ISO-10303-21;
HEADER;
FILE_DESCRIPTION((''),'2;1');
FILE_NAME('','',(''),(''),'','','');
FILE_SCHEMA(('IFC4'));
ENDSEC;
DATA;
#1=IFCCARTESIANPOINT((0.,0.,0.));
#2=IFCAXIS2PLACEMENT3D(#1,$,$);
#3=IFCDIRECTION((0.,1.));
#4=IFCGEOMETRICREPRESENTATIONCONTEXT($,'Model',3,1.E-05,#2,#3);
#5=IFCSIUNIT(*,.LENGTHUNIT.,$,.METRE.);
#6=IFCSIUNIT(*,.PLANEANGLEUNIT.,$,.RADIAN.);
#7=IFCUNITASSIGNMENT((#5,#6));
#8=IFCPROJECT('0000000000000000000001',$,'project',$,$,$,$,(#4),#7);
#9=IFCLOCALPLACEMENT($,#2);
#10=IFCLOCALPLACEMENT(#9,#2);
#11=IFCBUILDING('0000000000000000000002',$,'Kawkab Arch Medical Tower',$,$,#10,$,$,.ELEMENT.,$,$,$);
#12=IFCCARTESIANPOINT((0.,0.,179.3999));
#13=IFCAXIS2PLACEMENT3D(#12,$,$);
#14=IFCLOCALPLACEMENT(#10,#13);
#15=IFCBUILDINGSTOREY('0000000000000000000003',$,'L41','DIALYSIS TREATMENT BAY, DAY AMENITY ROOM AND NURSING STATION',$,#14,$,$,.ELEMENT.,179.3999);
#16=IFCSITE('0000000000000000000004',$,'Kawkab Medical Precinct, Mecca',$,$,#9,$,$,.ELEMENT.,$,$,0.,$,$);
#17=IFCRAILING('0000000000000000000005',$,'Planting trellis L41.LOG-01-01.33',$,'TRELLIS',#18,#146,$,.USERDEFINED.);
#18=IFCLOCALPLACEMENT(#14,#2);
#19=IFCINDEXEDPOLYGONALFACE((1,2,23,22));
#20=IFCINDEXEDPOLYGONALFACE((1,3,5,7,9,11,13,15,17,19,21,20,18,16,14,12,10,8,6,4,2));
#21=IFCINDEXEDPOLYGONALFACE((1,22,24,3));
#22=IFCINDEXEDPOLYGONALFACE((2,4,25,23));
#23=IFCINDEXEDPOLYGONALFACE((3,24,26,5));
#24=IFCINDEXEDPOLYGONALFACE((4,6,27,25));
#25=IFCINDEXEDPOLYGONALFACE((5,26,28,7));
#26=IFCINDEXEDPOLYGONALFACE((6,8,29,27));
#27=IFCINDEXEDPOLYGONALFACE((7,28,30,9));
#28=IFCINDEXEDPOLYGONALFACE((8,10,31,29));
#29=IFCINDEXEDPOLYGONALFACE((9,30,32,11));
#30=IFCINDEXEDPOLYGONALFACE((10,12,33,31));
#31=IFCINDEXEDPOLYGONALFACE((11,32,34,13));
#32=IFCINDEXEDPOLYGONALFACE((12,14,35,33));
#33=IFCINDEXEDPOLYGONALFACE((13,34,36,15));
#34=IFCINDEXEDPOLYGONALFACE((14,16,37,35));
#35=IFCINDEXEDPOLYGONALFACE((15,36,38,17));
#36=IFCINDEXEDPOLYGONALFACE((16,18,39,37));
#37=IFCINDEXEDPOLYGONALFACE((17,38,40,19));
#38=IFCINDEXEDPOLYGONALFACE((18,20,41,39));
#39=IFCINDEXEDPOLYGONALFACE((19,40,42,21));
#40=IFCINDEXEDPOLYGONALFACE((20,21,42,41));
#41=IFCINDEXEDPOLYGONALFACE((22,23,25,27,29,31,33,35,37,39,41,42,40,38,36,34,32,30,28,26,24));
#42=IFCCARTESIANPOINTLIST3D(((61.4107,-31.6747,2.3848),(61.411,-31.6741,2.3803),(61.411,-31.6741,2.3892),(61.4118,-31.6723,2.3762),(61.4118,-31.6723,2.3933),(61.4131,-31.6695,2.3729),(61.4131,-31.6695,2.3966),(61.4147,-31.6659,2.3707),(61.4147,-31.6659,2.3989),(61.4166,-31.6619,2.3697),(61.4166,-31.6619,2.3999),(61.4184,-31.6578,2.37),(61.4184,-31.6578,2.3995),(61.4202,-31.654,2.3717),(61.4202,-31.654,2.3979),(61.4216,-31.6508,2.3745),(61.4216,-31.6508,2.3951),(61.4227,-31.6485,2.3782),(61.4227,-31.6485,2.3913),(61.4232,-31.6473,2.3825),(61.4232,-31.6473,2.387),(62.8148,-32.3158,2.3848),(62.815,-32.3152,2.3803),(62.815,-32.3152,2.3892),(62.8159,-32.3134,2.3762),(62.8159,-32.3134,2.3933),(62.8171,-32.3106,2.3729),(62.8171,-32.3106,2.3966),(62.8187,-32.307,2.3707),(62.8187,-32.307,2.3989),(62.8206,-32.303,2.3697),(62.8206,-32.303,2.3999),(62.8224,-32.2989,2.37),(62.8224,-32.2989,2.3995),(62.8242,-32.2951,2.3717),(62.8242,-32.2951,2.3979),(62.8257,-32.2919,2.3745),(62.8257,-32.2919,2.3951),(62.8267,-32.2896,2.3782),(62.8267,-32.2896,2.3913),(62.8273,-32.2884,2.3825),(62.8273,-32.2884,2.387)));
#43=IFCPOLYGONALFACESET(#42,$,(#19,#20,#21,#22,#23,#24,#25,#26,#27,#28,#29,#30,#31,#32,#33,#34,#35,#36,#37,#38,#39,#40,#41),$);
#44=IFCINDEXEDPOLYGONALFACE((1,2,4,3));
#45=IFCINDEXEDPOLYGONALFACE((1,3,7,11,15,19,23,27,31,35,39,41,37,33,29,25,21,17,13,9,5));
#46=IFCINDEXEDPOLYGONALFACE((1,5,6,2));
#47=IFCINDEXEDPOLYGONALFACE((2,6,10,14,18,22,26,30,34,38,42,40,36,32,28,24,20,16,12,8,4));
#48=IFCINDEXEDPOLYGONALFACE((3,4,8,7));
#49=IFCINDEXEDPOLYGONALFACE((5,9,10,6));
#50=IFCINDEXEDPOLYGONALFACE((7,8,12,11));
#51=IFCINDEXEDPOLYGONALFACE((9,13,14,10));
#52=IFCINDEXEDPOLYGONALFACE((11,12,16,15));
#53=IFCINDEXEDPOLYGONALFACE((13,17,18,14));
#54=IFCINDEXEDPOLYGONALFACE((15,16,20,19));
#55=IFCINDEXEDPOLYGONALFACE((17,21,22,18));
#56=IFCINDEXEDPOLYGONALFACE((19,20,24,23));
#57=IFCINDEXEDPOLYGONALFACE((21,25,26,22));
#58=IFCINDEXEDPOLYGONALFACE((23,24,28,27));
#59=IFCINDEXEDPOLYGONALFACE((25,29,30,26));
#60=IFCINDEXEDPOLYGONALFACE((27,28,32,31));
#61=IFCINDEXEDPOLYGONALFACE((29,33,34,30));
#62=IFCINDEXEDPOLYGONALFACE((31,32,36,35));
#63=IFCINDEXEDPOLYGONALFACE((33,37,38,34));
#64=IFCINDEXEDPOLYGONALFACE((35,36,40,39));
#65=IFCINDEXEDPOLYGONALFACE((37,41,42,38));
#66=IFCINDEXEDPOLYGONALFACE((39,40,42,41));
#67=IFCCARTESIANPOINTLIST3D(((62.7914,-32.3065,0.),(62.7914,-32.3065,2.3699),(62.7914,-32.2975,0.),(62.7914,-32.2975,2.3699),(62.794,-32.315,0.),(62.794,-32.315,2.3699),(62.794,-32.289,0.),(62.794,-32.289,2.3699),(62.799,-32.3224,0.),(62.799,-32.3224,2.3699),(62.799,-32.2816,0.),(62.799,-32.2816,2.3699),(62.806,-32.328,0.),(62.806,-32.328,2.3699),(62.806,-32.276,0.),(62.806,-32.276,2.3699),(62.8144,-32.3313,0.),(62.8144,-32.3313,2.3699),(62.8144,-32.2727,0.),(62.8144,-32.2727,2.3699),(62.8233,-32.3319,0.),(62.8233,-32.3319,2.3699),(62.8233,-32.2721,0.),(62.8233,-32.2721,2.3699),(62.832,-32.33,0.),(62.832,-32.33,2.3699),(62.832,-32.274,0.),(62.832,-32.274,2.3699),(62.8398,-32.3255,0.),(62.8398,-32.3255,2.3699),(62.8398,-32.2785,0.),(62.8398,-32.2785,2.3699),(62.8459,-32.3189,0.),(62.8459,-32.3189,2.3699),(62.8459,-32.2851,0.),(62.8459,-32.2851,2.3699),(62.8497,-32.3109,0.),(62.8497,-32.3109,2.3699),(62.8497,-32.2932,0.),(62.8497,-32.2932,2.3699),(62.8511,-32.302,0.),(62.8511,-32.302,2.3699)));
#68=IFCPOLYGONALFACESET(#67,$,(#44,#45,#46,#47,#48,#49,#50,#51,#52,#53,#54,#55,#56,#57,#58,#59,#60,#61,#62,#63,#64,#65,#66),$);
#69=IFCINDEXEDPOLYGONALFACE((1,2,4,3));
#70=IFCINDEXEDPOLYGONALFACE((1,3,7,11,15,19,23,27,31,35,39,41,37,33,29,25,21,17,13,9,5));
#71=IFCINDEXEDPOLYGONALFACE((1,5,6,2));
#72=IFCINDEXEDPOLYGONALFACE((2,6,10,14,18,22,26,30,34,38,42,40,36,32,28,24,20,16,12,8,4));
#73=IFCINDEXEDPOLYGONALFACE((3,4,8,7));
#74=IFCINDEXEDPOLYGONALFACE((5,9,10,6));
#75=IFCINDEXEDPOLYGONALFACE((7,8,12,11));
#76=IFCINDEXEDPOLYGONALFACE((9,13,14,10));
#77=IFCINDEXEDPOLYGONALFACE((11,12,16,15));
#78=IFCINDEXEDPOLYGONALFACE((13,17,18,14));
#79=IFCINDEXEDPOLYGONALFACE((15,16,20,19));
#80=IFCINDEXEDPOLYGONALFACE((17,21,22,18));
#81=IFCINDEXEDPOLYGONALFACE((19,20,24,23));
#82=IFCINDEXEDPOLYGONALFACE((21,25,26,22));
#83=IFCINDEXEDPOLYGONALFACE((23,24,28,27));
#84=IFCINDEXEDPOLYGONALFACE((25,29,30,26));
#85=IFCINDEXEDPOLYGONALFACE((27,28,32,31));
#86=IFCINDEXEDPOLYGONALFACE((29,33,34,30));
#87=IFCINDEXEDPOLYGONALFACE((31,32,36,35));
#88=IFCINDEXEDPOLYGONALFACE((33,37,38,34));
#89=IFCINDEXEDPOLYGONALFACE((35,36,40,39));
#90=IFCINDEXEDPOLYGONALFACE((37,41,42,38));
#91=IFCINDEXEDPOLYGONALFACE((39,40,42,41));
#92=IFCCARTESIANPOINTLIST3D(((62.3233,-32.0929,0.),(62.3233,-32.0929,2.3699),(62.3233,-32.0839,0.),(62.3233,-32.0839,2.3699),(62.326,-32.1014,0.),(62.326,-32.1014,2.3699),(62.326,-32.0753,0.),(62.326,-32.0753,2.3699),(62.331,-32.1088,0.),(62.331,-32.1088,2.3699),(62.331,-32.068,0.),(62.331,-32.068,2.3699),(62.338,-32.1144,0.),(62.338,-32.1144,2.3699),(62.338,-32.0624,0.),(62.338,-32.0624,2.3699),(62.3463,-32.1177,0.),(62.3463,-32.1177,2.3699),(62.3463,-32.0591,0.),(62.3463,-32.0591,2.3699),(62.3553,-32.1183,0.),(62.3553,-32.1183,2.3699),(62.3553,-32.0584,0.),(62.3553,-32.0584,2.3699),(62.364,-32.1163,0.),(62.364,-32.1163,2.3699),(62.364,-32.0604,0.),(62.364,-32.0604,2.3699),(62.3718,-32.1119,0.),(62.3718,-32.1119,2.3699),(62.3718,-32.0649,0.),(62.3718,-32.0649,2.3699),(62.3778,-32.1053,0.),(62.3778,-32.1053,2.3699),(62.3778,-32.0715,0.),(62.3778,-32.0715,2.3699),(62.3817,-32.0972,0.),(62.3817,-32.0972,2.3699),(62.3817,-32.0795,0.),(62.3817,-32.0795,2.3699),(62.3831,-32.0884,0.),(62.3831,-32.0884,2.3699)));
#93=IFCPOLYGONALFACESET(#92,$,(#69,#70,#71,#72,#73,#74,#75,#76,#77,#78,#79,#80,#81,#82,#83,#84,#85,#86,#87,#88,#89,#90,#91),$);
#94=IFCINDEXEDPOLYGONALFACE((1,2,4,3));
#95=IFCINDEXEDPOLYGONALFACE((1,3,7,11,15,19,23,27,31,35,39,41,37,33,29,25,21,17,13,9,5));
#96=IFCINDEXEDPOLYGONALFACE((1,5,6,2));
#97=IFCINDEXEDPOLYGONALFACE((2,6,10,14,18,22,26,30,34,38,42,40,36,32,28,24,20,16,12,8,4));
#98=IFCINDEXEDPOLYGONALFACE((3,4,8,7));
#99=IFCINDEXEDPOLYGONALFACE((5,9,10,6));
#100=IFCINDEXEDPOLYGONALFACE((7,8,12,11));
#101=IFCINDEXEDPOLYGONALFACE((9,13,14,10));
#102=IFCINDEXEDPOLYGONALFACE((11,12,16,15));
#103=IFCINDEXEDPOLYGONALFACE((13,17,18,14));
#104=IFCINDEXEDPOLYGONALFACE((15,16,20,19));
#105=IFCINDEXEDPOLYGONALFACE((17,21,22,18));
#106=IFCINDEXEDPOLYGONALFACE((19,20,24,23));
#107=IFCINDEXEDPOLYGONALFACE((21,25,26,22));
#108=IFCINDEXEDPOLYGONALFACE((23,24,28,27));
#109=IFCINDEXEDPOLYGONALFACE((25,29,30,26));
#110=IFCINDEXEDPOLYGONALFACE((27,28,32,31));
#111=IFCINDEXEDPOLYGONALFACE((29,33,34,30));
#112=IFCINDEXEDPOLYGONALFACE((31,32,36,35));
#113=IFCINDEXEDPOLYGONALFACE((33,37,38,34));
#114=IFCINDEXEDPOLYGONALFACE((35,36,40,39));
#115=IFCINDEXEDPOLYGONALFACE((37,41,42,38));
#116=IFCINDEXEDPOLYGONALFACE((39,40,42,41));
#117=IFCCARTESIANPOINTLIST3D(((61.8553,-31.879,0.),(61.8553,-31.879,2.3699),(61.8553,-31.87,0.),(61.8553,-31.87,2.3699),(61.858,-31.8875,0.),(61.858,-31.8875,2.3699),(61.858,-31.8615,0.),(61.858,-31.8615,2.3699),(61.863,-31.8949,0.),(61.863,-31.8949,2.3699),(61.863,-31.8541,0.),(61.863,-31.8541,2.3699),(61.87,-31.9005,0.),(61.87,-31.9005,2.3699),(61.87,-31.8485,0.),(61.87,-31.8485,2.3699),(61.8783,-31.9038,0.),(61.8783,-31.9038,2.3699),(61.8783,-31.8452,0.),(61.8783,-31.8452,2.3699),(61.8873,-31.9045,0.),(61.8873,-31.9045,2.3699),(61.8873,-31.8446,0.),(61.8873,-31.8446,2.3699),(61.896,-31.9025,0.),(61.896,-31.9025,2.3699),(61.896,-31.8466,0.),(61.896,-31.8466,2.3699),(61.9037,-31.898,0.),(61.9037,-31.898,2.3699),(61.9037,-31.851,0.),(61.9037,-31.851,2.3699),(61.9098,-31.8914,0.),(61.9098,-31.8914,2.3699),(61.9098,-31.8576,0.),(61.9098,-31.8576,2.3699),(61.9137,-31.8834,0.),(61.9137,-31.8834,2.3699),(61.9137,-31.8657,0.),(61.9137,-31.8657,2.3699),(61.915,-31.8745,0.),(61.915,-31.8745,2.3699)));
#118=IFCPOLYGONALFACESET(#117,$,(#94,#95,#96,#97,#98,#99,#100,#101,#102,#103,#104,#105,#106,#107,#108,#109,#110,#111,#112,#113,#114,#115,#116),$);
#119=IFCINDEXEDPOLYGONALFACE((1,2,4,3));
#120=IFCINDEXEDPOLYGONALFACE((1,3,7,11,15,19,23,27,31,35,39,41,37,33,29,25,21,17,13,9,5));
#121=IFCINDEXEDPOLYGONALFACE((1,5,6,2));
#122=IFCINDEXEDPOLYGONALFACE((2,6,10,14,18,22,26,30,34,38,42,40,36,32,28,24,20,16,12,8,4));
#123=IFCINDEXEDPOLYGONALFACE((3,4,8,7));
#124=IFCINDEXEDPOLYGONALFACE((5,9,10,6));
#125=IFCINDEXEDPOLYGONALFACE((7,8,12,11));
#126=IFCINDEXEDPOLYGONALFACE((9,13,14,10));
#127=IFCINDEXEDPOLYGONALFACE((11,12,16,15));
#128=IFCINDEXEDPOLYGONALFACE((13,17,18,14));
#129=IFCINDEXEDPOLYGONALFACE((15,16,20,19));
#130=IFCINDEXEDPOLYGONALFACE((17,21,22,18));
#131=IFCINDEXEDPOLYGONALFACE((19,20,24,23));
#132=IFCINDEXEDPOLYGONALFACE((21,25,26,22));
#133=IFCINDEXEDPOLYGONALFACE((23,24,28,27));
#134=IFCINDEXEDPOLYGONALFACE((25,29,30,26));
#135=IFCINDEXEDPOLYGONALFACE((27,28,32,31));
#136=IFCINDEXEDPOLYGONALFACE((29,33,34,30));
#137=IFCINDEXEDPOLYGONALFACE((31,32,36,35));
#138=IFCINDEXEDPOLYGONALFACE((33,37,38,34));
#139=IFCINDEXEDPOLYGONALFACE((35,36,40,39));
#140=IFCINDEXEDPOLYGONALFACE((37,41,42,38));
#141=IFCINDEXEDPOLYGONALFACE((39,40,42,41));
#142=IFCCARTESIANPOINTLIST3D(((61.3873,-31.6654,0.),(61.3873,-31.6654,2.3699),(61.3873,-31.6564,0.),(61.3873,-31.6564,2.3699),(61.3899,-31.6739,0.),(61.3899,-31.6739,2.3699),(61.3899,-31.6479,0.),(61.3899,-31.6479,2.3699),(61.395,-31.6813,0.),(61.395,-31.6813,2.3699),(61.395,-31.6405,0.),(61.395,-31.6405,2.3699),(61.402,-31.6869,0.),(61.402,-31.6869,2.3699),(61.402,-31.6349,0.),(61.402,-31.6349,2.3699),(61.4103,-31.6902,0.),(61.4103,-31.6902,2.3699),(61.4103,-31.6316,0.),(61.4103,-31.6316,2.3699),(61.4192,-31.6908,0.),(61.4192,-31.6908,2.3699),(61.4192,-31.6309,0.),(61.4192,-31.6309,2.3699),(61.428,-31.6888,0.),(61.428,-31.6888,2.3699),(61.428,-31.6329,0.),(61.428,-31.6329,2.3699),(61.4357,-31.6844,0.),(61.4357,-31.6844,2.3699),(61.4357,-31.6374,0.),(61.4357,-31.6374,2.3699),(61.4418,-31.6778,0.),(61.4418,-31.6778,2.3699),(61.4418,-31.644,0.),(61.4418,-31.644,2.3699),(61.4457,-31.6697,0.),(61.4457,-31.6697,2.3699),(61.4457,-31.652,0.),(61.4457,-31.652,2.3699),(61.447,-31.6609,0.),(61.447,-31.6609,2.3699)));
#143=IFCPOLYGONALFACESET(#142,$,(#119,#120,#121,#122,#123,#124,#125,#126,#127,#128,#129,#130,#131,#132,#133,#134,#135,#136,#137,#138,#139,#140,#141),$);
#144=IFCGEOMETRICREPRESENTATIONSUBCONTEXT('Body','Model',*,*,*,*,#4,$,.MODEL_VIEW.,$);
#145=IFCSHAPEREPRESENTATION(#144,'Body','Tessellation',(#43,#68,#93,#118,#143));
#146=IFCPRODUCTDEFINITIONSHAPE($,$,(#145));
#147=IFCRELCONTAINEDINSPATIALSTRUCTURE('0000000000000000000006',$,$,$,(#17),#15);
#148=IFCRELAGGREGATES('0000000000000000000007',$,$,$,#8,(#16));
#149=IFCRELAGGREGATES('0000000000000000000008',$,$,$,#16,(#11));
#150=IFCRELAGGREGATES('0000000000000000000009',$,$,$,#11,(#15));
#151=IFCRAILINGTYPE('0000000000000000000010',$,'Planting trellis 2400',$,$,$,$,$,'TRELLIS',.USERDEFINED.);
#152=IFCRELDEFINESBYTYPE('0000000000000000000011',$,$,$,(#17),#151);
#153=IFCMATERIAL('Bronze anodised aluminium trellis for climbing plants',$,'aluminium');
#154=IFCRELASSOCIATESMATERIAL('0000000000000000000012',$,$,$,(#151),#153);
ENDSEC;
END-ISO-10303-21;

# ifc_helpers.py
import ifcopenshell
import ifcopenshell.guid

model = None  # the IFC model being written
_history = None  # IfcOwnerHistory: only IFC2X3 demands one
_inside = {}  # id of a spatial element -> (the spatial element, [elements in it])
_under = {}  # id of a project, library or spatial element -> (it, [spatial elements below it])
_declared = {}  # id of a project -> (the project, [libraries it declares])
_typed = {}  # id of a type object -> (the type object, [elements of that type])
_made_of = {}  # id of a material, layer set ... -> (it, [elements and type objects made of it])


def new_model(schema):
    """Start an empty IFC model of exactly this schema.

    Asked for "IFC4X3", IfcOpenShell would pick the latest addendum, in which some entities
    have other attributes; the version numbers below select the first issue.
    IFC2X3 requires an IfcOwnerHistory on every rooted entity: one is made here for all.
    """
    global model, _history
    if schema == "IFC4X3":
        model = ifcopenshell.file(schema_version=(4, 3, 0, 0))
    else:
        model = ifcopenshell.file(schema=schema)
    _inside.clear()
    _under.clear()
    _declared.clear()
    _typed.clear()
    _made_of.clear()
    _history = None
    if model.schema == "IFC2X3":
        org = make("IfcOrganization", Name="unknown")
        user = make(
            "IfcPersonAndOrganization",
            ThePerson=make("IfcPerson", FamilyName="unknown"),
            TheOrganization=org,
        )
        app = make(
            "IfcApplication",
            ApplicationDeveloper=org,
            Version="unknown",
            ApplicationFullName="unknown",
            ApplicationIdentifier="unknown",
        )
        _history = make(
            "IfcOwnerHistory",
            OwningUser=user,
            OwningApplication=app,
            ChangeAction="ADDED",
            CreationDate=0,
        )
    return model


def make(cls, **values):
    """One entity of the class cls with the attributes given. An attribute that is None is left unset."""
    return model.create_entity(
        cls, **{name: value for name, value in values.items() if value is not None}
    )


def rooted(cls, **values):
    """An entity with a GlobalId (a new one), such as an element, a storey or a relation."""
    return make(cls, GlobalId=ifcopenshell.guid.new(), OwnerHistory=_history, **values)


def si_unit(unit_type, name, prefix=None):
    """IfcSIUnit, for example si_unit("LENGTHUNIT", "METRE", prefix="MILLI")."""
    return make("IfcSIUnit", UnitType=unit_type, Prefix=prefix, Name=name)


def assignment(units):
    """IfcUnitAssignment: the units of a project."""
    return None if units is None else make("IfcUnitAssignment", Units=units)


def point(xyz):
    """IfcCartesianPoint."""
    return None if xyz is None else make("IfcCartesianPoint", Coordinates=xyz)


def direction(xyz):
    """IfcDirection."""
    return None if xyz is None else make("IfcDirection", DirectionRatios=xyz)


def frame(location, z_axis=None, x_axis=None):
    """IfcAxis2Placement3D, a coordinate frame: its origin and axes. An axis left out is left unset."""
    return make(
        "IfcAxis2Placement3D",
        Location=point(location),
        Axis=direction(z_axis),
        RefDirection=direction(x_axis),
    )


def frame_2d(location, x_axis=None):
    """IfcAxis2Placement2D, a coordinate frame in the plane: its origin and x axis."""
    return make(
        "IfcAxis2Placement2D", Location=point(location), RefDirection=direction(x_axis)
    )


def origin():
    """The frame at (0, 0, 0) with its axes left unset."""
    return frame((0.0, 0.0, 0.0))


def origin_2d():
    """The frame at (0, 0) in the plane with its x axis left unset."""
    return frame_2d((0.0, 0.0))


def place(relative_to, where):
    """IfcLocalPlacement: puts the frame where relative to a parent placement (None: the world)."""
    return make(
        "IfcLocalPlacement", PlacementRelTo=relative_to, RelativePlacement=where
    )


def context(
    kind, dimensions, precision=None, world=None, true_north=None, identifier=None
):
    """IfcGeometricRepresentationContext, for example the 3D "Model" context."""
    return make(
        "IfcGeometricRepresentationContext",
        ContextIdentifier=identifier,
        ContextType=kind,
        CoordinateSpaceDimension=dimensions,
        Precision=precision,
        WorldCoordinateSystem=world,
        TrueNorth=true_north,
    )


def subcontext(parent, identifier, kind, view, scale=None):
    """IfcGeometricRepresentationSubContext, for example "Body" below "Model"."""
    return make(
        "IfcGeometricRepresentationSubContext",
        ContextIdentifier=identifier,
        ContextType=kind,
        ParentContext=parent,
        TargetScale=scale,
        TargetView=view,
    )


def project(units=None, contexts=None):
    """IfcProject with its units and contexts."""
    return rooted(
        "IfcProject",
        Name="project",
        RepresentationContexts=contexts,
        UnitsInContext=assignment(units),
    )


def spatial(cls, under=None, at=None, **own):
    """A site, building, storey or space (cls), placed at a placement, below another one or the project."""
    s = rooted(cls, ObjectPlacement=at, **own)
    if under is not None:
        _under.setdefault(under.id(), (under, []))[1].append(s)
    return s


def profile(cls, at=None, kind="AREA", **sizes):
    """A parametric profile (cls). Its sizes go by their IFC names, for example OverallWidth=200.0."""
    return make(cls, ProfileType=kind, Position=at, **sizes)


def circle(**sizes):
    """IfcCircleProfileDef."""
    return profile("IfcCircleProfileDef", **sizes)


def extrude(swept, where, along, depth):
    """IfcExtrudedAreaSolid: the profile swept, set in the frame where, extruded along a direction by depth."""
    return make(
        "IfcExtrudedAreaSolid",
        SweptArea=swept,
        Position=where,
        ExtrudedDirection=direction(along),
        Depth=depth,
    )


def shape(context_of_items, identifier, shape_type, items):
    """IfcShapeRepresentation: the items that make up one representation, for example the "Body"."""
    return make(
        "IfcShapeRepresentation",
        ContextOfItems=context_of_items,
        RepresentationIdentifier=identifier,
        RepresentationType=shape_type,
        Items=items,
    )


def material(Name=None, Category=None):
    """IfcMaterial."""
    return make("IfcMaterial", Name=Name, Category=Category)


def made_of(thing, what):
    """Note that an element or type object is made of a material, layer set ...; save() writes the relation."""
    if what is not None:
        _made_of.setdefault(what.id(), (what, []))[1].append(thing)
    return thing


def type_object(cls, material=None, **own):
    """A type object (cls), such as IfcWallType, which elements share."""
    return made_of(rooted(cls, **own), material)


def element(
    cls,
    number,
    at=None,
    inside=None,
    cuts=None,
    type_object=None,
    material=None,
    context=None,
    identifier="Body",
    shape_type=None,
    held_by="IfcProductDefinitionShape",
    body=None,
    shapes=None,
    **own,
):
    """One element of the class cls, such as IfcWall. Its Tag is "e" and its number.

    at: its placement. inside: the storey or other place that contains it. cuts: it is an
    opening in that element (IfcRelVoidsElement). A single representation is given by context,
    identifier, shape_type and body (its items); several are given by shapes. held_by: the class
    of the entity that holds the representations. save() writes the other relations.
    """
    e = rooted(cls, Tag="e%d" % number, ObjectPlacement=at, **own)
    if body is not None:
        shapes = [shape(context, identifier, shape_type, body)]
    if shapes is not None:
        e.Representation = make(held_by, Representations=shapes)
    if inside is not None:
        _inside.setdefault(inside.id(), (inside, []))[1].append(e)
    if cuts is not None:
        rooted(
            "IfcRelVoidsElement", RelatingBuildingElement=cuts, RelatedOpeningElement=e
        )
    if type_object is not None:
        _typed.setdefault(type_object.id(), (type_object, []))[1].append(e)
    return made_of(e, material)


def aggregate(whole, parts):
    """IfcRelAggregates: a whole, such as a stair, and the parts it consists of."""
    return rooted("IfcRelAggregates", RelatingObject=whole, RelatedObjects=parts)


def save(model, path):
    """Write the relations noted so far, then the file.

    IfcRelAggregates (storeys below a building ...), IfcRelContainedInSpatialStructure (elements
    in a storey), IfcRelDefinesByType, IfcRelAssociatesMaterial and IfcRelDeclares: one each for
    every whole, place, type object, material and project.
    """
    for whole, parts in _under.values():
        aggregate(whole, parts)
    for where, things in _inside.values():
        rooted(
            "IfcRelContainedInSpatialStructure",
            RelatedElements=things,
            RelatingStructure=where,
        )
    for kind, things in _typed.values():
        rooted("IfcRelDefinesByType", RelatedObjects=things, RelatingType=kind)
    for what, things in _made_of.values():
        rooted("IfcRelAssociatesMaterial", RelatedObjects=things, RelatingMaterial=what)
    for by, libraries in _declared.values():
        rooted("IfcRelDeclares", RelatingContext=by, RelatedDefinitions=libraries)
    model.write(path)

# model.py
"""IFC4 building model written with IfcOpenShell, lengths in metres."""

from ifc_helpers import new_model, si_unit, direction, frame, origin, origin_2d, place, context, subcontext, project, spatial, circle, extrude, material, type_object, element, save


model = new_model("IFC4")

# Units and contexts
model_context = context("Model", 3, precision=1e-05, world=origin(), true_north=direction((0.0, 1.0)))
body_context = subcontext(model_context, "Body", "Model", "MODEL_VIEW")
ifc_project = project(units=[si_unit("LENGTHUNIT", "METRE"), si_unit("PLANEANGLEUNIT", "RADIAN")], contexts=[model_context])

# Site, building, storey
site_placement = place(None, origin())
site = spatial("IfcSite", under=ifc_project, at=site_placement, Name="Kawkab Medical Precinct, Mecca", CompositionType="ELEMENT", RefElevation=0.0)
building_placement = place(site_placement, origin())
building = spatial("IfcBuilding", under=site, at=building_placement, Name="Kawkab Arch Medical Tower", CompositionType="ELEMENT")
storey_placement = place(building_placement, frame((0.0, 0.0, 179.3999)))
storey = spatial("IfcBuildingStorey", under=building, at=storey_placement, Name="L41", Description="DIALYSIS TREATMENT BAY, DAY AMENITY ROOM AND NURSING STATION", CompositionType="ELEMENT", Elevation=179.3999)

# Railing
ifc_material_1 = material(Name="Bronze anodised aluminium trellis for climbing plants", Category="aluminium")
railing_type = type_object("IfcRailingType", Name="Planting trellis 2400", ElementType="TRELLIS", PredefinedType="USERDEFINED", material=ifc_material_1)
railing_1_placement = place(storey_placement, frame((62.821, -32.302, 0.0)))
element("IfcRailing", 1, at=railing_1_placement, inside=storey, type_object=railing_type, Name="Planting trellis L41.LOG-01-01.33", ObjectType="TRELLIS", PredefinedType="USERDEFINED", context=body_context, shape_type="SweptSolid", body=[
    extrude(circle(Radius=0.0151, at=origin_2d()), frame((0.0, 0.0, 2.3848), z_axis=(-0.909656, 0.415363, 0.0), x_axis=(-0.415363, -0.909656, 0.0)), (0.0, 0.0, 1.0), 1.5435),
    extrude(circle(Radius=0.03, at=origin_2d()), origin(), (0.0, 0.0, 1.0), 2.3699),
    extrude(circle(Radius=0.03, at=origin_2d()), frame((-0.468, 0.2136, 0.0)), (0.0, 0.0, 1.0), 2.3699),
    extrude(circle(Radius=0.03, at=origin_2d()), frame((-0.936, 0.4275, 0.0)), (0.0, 0.0, 1.0), 2.3699),
    extrude(circle(Radius=0.03, at=origin_2d()), frame((-1.4041, 0.6411, 0.0)), (0.0, 0.0, 1.0), 2.3699),
])

save(model, "model.ifc")
